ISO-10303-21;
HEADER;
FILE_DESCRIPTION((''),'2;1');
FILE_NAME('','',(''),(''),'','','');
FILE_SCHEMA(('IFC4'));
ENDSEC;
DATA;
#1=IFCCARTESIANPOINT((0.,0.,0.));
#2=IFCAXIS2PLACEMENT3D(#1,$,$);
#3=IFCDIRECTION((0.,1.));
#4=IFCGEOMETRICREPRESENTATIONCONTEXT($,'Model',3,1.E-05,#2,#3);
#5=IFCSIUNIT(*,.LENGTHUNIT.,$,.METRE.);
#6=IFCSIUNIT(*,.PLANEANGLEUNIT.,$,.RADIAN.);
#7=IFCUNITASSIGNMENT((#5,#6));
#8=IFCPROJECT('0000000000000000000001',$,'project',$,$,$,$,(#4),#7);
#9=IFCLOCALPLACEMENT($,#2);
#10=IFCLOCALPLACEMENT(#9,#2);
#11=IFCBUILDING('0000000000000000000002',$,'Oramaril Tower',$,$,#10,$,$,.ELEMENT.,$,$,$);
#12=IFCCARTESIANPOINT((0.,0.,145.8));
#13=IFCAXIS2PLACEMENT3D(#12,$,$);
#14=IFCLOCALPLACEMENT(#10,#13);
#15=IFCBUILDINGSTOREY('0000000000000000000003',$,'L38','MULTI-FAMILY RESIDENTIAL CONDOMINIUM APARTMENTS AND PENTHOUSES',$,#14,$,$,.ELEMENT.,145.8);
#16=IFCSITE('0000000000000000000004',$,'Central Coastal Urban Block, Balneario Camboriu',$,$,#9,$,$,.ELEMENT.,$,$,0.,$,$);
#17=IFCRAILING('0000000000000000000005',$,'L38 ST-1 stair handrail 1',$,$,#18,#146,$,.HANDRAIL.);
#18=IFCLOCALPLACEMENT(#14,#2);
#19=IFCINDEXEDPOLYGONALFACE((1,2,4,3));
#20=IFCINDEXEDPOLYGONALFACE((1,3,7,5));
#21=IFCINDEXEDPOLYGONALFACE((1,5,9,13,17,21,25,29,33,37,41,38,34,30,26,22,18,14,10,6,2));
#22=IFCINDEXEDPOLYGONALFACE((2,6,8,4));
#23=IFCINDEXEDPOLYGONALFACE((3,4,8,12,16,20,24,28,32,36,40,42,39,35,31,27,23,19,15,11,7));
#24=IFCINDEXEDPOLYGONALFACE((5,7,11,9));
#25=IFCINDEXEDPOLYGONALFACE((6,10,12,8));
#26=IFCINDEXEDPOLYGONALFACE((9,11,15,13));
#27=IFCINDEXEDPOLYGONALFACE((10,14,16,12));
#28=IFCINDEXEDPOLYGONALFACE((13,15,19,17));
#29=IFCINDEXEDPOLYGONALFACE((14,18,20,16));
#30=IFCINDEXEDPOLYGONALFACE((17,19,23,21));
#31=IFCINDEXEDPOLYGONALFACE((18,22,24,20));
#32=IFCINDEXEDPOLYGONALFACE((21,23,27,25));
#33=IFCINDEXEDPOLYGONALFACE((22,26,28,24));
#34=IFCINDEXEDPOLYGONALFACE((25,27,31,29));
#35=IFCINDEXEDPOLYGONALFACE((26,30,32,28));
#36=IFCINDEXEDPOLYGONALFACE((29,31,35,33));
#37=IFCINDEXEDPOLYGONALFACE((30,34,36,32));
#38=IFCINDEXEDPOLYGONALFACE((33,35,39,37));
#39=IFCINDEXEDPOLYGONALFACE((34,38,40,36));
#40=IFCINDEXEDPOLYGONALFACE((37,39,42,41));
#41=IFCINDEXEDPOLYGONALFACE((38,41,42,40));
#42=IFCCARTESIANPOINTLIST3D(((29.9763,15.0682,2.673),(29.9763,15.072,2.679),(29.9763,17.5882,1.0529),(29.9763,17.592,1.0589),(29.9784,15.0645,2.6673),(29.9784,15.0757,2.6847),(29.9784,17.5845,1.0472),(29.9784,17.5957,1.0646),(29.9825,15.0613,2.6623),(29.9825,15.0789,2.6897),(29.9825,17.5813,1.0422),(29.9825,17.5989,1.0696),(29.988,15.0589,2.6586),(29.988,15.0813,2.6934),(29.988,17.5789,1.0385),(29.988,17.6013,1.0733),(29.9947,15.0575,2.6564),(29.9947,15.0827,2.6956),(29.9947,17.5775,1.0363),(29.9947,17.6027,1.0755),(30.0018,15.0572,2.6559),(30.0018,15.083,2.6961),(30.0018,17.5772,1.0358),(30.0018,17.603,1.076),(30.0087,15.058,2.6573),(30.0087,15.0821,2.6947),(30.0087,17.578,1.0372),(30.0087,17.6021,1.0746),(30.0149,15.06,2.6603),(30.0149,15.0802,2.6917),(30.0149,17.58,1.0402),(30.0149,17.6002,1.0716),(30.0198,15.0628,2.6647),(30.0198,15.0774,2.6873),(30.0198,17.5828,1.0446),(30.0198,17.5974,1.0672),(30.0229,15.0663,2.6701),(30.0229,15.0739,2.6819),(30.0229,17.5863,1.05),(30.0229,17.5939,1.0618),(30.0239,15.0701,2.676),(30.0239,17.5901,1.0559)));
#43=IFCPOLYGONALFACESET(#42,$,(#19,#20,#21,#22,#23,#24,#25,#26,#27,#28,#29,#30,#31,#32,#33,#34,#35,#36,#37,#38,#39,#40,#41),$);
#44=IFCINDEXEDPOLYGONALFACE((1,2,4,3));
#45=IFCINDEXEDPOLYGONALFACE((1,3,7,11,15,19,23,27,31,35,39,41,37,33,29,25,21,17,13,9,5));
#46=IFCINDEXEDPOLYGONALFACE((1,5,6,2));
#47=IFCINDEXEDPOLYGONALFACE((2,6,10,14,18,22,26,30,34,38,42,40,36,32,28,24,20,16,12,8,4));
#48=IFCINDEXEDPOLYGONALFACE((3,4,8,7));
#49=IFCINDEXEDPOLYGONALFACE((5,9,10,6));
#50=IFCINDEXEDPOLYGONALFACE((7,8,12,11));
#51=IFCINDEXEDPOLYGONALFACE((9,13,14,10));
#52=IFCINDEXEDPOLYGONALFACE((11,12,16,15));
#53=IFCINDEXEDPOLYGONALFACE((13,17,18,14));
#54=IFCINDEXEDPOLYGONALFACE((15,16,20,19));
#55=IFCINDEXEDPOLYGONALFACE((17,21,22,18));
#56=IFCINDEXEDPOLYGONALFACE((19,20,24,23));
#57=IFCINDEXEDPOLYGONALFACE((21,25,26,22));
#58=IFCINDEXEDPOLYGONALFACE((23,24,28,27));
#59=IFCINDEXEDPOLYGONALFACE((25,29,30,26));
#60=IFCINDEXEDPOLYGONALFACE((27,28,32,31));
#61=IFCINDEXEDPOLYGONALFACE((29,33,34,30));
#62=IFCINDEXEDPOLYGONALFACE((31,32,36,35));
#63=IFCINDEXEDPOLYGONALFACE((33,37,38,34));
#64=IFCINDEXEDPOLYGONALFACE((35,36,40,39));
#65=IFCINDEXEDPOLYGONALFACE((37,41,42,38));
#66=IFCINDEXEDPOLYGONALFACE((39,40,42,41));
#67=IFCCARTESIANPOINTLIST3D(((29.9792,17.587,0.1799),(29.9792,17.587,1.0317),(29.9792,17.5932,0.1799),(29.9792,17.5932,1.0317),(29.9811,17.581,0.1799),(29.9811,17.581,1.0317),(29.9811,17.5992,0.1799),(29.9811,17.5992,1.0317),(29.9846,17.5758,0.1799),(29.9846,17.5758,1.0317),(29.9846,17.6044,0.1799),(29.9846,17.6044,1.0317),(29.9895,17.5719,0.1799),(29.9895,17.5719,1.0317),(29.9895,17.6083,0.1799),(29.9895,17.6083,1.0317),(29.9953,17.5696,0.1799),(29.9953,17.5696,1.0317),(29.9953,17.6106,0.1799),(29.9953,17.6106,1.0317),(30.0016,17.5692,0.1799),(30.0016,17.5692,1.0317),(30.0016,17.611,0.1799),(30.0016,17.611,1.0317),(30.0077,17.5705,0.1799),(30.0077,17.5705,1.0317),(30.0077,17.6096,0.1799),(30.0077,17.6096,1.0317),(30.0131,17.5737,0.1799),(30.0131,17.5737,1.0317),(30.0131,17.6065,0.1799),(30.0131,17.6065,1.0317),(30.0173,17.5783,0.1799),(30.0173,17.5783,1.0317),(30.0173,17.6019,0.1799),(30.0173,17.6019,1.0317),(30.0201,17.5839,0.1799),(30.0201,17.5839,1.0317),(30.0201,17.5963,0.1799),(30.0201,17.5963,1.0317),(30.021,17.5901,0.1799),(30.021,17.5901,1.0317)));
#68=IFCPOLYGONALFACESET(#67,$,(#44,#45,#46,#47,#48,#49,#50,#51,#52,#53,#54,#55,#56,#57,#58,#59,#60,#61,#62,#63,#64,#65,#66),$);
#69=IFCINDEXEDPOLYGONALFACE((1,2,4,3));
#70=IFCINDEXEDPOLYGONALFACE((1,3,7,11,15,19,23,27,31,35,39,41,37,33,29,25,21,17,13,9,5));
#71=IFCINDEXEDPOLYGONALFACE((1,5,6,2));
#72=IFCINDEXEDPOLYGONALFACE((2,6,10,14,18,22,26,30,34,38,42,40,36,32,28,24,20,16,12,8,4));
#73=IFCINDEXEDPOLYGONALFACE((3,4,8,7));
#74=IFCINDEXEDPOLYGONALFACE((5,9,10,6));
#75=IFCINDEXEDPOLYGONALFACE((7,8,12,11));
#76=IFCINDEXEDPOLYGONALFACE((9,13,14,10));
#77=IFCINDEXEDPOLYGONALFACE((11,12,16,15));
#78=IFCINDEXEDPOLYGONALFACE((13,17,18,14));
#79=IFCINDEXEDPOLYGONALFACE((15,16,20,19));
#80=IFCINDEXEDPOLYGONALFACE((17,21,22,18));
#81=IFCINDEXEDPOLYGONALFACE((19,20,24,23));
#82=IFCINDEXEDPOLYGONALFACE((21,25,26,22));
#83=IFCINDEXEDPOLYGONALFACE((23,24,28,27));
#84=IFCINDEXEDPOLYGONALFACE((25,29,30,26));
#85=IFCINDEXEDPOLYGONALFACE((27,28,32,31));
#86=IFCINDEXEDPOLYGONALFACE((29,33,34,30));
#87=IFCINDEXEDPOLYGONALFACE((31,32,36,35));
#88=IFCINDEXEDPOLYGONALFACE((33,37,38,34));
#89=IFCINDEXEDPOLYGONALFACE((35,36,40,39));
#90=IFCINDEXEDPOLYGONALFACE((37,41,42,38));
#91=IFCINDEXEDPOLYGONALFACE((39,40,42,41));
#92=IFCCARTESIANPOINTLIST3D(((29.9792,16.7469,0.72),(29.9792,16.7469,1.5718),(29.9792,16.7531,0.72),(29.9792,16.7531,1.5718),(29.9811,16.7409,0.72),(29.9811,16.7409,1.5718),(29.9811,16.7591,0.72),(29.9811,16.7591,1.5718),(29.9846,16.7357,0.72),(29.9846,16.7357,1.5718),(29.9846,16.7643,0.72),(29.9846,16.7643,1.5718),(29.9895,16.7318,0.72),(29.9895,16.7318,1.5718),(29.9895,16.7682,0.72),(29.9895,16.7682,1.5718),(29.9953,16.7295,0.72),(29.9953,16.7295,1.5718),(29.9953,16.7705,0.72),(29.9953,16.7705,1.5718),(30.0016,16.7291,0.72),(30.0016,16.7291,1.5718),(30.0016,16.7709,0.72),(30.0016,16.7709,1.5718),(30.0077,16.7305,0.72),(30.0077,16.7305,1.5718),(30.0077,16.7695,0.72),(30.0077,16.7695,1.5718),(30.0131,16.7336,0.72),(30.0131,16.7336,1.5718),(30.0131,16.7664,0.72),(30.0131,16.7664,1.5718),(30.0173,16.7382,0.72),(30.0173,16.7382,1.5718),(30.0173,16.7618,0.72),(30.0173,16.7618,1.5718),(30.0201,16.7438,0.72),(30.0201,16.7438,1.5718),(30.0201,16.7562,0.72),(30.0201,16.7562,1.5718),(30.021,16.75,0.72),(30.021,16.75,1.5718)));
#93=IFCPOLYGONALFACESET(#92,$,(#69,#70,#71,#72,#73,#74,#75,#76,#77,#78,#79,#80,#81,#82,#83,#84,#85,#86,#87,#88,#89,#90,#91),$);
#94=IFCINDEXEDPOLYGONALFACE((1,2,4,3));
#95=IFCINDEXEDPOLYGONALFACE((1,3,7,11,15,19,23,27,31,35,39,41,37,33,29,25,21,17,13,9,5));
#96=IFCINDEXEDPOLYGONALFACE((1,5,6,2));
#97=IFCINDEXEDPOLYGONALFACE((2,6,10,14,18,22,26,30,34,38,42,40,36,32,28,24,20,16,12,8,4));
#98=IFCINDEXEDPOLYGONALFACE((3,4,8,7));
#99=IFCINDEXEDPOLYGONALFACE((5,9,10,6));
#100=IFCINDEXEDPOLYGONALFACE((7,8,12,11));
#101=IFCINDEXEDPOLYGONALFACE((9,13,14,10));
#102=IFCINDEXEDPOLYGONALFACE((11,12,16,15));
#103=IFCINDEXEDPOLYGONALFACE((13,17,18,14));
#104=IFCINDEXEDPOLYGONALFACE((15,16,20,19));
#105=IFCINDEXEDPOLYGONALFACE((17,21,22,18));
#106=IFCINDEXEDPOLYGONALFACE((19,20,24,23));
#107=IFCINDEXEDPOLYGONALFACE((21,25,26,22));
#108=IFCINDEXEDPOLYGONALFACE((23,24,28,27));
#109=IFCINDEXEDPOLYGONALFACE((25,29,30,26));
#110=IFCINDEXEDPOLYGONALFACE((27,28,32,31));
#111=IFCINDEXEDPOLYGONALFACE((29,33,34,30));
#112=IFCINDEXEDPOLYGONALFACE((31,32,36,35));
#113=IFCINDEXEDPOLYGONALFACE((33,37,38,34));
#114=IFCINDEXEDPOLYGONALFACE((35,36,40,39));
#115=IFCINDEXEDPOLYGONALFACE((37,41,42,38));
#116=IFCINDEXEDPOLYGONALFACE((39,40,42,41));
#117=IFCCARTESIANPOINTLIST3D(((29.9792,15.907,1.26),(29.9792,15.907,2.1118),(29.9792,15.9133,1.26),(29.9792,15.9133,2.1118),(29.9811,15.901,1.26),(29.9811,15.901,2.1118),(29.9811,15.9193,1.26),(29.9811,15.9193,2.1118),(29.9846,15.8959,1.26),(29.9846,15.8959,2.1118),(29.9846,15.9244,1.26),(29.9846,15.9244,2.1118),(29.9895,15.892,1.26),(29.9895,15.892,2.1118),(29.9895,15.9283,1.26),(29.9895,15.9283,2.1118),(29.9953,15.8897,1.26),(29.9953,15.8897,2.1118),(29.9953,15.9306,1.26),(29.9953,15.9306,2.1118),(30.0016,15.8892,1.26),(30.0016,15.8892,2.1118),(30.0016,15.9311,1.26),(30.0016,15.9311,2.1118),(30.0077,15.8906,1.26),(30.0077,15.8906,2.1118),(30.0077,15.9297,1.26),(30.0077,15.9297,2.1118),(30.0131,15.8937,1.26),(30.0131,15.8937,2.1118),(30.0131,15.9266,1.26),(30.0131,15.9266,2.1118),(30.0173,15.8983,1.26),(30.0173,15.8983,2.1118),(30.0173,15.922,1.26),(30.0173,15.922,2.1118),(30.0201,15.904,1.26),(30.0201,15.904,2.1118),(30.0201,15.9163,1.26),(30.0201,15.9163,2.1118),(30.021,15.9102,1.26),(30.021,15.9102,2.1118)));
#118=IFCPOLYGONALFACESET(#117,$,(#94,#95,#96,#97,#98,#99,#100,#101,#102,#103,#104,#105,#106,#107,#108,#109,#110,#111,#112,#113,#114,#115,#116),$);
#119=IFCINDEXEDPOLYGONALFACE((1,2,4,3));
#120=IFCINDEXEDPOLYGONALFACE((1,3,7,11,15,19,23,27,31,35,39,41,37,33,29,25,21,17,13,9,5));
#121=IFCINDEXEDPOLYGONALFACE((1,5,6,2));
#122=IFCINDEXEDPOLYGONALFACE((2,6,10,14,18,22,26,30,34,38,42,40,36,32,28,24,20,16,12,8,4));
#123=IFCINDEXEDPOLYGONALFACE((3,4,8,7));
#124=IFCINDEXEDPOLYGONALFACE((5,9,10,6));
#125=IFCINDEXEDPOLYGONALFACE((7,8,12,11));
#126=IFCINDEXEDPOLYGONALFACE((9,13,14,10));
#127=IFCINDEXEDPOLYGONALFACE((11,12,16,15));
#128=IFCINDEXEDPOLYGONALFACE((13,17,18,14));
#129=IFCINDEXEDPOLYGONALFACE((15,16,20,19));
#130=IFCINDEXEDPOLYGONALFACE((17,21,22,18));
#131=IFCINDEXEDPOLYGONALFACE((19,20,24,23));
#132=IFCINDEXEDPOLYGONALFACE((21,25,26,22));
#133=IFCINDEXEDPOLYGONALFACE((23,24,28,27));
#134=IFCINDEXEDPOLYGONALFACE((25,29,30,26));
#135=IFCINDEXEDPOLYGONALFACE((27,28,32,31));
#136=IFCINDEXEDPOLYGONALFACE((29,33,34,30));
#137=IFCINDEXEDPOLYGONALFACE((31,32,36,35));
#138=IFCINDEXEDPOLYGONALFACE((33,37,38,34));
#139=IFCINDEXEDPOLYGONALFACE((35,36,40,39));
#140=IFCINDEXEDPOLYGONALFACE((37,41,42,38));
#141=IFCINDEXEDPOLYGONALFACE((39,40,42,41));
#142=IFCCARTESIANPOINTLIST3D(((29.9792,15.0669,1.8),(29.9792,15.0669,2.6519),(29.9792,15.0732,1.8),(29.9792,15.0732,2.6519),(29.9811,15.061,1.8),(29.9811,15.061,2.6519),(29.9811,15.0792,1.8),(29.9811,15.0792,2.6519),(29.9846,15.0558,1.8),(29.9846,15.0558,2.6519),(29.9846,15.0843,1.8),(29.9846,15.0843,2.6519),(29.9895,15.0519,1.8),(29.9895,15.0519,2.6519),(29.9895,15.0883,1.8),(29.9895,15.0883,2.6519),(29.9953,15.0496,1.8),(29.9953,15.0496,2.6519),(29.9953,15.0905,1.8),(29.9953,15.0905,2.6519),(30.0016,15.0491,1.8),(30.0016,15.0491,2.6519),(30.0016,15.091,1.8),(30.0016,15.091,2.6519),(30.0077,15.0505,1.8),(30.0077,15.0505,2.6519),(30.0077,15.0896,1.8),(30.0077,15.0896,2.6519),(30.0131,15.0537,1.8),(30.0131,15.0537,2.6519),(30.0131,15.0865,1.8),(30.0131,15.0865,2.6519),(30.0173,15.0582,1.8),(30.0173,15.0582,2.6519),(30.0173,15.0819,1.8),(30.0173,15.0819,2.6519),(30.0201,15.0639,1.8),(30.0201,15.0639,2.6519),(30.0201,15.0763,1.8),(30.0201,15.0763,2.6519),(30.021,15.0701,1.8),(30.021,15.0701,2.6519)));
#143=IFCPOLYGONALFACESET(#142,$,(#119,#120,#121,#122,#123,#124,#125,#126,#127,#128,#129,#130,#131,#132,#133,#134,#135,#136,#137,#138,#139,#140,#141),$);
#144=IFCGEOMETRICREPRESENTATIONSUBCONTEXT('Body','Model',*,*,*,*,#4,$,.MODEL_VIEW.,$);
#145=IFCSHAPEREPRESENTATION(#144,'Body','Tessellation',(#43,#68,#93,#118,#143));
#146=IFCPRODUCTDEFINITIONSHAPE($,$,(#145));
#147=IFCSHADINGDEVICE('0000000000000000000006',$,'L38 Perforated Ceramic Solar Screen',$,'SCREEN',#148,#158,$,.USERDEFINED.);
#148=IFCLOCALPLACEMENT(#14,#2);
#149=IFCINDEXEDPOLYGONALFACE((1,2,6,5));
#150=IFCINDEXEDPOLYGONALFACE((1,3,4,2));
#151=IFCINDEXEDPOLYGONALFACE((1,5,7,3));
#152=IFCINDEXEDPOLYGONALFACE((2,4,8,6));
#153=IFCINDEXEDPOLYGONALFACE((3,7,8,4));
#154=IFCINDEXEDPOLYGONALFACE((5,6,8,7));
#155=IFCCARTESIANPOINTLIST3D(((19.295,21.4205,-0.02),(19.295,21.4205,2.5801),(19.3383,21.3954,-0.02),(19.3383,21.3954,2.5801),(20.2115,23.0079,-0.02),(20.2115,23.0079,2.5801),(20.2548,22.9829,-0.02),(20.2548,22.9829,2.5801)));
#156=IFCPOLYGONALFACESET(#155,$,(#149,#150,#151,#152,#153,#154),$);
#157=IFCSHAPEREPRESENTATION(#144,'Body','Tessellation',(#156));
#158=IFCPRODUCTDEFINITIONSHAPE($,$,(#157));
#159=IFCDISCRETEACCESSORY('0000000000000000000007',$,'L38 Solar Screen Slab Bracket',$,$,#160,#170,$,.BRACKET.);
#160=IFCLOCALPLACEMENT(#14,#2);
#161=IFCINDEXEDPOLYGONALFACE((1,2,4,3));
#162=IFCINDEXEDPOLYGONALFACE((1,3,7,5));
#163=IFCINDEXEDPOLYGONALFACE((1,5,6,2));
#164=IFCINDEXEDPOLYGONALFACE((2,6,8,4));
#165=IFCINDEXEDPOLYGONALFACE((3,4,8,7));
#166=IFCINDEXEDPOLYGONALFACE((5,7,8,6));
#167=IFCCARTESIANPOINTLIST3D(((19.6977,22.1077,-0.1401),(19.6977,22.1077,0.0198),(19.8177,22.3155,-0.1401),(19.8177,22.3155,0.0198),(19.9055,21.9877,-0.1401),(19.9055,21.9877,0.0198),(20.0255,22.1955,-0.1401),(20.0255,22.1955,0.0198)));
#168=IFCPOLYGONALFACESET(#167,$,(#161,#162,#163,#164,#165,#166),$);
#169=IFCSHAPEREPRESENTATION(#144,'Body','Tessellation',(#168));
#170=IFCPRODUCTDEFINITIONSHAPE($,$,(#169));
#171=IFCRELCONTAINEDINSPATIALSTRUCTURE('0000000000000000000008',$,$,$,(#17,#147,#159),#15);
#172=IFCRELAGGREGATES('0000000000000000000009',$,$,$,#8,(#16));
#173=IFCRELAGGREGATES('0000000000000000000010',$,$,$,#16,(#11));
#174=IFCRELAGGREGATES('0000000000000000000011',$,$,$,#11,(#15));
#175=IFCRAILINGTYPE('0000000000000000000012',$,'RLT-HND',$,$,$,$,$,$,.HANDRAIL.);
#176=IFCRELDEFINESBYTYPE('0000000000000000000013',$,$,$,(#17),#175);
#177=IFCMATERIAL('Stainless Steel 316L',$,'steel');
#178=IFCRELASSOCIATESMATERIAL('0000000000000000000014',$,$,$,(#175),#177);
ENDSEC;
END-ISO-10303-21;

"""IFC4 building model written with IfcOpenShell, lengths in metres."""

from ifc_helpers import new_model, si_unit, direction, frame, origin, origin_2d, place, context, subcontext, project, spatial, rectangle, circle, extrude, material, type_object, element, save


model = new_model("IFC4")

# Units and contexts
model_context = context("Model", 3, precision=1e-05, world=origin(), true_north=direction((0.0, 1.0)))
body_context = subcontext(model_context, "Body", "Model", "MODEL_VIEW")
ifc_project = project(units=[si_unit("LENGTHUNIT", "METRE"), si_unit("PLANEANGLEUNIT", "RADIAN")], contexts=[model_context])

# Site, building, storey
site_placement = place(None, origin())
site = spatial("IfcSite", under=ifc_project, at=site_placement, Name="Central Coastal Urban Block, Balneario Camboriu", CompositionType="ELEMENT", RefElevation=0.0)
building_placement = place(site_placement, origin())
building = spatial("IfcBuilding", under=site, at=building_placement, Name="Oramaril Tower", CompositionType="ELEMENT")
storey_placement = place(building_placement, frame((0.0, 0.0, 145.8)))
storey = spatial("IfcBuildingStorey", under=building, at=storey_placement, Name="L38", Description="MULTI-FAMILY RESIDENTIAL CONDOMINIUM APARTMENTS AND PENTHOUSES", CompositionType="ELEMENT", Elevation=145.8)

# Railing
ifc_material_1 = material(Name="Stainless Steel 316L", Category="steel")
railing_type_1 = type_object("IfcRailingType", Name="RLT-HND", PredefinedType="HANDRAIL", material=ifc_material_1)
railing_1_placement = place(storey_placement, frame((30.0, 17.5901, 0.1799)))
element("IfcRailing", 1, at=railing_1_placement, inside=storey, type_object=railing_type_1, Name="L38 ST-1 stair handrail 1", PredefinedType="HANDRAIL", context=body_context, shape_type="SweptSolid", body=[
    extrude(circle(Radius=0.0239, at=origin_2d()), frame((0.0, 0.0, 0.876), z_axis=(0.0, -0.841163, 0.540782), x_axis=(1.0, 0.0, 0.0)), (0.0, 0.0, 1.0), 2.9958),
    extrude(circle(Radius=0.021, at=origin_2d()), origin(), (0.0, 0.0, 1.0), 0.8518),
    extrude(circle(Radius=0.021, at=origin_2d()), frame((0.0, -0.8401, 0.54)), (0.0, 0.0, 1.0), 0.8518),
    extrude(circle(Radius=0.021, at=origin_2d()), frame((0.0, -1.6799, 1.0801)), (0.0, 0.0, 1.0), 0.8518),
    extrude(circle(Radius=0.021, at=origin_2d()), frame((0.0, -2.52, 1.6201)), (0.0, 0.0, 1.0), 0.8518),
])

# Shading device
shading_device_placement = place(storey_placement, frame((19.7749, 22.2017, -0.02), z_axis=(0.0, 0.0, 1.0), x_axis=(-0.499998, -0.866026, 0.0)))
element("IfcShadingDevice", 2, at=shading_device_placement, inside=storey, Name="L38 Perforated Ceramic Solar Screen", ObjectType="SCREEN", PredefinedType="USERDEFINED", context=body_context, shape_type="SweptSolid", body=[
    extrude(rectangle(XDim=1.833, YDim=0.05, at=origin_2d()), origin(), (0.0, 0.0, 1.0), 2.6001),
])

# Discrete accessory
discrete_accessory_placement = place(storey_placement, frame((19.8616, 22.1516, -0.1401), z_axis=(0.0, 0.0, 1.0), x_axis=(-0.499998, -0.866026, 0.0)))
element("IfcDiscreteAccessory", 3, at=discrete_accessory_placement, inside=storey, Name="L38 Solar Screen Slab Bracket", PredefinedType="BRACKET", context=body_context, shape_type="SweptSolid", body=[
    extrude(rectangle(XDim=0.24, YDim=0.24, at=origin_2d()), origin(), (0.0, 0.0, 1.0), 0.1599),
])

save(model, "model.ifc")
